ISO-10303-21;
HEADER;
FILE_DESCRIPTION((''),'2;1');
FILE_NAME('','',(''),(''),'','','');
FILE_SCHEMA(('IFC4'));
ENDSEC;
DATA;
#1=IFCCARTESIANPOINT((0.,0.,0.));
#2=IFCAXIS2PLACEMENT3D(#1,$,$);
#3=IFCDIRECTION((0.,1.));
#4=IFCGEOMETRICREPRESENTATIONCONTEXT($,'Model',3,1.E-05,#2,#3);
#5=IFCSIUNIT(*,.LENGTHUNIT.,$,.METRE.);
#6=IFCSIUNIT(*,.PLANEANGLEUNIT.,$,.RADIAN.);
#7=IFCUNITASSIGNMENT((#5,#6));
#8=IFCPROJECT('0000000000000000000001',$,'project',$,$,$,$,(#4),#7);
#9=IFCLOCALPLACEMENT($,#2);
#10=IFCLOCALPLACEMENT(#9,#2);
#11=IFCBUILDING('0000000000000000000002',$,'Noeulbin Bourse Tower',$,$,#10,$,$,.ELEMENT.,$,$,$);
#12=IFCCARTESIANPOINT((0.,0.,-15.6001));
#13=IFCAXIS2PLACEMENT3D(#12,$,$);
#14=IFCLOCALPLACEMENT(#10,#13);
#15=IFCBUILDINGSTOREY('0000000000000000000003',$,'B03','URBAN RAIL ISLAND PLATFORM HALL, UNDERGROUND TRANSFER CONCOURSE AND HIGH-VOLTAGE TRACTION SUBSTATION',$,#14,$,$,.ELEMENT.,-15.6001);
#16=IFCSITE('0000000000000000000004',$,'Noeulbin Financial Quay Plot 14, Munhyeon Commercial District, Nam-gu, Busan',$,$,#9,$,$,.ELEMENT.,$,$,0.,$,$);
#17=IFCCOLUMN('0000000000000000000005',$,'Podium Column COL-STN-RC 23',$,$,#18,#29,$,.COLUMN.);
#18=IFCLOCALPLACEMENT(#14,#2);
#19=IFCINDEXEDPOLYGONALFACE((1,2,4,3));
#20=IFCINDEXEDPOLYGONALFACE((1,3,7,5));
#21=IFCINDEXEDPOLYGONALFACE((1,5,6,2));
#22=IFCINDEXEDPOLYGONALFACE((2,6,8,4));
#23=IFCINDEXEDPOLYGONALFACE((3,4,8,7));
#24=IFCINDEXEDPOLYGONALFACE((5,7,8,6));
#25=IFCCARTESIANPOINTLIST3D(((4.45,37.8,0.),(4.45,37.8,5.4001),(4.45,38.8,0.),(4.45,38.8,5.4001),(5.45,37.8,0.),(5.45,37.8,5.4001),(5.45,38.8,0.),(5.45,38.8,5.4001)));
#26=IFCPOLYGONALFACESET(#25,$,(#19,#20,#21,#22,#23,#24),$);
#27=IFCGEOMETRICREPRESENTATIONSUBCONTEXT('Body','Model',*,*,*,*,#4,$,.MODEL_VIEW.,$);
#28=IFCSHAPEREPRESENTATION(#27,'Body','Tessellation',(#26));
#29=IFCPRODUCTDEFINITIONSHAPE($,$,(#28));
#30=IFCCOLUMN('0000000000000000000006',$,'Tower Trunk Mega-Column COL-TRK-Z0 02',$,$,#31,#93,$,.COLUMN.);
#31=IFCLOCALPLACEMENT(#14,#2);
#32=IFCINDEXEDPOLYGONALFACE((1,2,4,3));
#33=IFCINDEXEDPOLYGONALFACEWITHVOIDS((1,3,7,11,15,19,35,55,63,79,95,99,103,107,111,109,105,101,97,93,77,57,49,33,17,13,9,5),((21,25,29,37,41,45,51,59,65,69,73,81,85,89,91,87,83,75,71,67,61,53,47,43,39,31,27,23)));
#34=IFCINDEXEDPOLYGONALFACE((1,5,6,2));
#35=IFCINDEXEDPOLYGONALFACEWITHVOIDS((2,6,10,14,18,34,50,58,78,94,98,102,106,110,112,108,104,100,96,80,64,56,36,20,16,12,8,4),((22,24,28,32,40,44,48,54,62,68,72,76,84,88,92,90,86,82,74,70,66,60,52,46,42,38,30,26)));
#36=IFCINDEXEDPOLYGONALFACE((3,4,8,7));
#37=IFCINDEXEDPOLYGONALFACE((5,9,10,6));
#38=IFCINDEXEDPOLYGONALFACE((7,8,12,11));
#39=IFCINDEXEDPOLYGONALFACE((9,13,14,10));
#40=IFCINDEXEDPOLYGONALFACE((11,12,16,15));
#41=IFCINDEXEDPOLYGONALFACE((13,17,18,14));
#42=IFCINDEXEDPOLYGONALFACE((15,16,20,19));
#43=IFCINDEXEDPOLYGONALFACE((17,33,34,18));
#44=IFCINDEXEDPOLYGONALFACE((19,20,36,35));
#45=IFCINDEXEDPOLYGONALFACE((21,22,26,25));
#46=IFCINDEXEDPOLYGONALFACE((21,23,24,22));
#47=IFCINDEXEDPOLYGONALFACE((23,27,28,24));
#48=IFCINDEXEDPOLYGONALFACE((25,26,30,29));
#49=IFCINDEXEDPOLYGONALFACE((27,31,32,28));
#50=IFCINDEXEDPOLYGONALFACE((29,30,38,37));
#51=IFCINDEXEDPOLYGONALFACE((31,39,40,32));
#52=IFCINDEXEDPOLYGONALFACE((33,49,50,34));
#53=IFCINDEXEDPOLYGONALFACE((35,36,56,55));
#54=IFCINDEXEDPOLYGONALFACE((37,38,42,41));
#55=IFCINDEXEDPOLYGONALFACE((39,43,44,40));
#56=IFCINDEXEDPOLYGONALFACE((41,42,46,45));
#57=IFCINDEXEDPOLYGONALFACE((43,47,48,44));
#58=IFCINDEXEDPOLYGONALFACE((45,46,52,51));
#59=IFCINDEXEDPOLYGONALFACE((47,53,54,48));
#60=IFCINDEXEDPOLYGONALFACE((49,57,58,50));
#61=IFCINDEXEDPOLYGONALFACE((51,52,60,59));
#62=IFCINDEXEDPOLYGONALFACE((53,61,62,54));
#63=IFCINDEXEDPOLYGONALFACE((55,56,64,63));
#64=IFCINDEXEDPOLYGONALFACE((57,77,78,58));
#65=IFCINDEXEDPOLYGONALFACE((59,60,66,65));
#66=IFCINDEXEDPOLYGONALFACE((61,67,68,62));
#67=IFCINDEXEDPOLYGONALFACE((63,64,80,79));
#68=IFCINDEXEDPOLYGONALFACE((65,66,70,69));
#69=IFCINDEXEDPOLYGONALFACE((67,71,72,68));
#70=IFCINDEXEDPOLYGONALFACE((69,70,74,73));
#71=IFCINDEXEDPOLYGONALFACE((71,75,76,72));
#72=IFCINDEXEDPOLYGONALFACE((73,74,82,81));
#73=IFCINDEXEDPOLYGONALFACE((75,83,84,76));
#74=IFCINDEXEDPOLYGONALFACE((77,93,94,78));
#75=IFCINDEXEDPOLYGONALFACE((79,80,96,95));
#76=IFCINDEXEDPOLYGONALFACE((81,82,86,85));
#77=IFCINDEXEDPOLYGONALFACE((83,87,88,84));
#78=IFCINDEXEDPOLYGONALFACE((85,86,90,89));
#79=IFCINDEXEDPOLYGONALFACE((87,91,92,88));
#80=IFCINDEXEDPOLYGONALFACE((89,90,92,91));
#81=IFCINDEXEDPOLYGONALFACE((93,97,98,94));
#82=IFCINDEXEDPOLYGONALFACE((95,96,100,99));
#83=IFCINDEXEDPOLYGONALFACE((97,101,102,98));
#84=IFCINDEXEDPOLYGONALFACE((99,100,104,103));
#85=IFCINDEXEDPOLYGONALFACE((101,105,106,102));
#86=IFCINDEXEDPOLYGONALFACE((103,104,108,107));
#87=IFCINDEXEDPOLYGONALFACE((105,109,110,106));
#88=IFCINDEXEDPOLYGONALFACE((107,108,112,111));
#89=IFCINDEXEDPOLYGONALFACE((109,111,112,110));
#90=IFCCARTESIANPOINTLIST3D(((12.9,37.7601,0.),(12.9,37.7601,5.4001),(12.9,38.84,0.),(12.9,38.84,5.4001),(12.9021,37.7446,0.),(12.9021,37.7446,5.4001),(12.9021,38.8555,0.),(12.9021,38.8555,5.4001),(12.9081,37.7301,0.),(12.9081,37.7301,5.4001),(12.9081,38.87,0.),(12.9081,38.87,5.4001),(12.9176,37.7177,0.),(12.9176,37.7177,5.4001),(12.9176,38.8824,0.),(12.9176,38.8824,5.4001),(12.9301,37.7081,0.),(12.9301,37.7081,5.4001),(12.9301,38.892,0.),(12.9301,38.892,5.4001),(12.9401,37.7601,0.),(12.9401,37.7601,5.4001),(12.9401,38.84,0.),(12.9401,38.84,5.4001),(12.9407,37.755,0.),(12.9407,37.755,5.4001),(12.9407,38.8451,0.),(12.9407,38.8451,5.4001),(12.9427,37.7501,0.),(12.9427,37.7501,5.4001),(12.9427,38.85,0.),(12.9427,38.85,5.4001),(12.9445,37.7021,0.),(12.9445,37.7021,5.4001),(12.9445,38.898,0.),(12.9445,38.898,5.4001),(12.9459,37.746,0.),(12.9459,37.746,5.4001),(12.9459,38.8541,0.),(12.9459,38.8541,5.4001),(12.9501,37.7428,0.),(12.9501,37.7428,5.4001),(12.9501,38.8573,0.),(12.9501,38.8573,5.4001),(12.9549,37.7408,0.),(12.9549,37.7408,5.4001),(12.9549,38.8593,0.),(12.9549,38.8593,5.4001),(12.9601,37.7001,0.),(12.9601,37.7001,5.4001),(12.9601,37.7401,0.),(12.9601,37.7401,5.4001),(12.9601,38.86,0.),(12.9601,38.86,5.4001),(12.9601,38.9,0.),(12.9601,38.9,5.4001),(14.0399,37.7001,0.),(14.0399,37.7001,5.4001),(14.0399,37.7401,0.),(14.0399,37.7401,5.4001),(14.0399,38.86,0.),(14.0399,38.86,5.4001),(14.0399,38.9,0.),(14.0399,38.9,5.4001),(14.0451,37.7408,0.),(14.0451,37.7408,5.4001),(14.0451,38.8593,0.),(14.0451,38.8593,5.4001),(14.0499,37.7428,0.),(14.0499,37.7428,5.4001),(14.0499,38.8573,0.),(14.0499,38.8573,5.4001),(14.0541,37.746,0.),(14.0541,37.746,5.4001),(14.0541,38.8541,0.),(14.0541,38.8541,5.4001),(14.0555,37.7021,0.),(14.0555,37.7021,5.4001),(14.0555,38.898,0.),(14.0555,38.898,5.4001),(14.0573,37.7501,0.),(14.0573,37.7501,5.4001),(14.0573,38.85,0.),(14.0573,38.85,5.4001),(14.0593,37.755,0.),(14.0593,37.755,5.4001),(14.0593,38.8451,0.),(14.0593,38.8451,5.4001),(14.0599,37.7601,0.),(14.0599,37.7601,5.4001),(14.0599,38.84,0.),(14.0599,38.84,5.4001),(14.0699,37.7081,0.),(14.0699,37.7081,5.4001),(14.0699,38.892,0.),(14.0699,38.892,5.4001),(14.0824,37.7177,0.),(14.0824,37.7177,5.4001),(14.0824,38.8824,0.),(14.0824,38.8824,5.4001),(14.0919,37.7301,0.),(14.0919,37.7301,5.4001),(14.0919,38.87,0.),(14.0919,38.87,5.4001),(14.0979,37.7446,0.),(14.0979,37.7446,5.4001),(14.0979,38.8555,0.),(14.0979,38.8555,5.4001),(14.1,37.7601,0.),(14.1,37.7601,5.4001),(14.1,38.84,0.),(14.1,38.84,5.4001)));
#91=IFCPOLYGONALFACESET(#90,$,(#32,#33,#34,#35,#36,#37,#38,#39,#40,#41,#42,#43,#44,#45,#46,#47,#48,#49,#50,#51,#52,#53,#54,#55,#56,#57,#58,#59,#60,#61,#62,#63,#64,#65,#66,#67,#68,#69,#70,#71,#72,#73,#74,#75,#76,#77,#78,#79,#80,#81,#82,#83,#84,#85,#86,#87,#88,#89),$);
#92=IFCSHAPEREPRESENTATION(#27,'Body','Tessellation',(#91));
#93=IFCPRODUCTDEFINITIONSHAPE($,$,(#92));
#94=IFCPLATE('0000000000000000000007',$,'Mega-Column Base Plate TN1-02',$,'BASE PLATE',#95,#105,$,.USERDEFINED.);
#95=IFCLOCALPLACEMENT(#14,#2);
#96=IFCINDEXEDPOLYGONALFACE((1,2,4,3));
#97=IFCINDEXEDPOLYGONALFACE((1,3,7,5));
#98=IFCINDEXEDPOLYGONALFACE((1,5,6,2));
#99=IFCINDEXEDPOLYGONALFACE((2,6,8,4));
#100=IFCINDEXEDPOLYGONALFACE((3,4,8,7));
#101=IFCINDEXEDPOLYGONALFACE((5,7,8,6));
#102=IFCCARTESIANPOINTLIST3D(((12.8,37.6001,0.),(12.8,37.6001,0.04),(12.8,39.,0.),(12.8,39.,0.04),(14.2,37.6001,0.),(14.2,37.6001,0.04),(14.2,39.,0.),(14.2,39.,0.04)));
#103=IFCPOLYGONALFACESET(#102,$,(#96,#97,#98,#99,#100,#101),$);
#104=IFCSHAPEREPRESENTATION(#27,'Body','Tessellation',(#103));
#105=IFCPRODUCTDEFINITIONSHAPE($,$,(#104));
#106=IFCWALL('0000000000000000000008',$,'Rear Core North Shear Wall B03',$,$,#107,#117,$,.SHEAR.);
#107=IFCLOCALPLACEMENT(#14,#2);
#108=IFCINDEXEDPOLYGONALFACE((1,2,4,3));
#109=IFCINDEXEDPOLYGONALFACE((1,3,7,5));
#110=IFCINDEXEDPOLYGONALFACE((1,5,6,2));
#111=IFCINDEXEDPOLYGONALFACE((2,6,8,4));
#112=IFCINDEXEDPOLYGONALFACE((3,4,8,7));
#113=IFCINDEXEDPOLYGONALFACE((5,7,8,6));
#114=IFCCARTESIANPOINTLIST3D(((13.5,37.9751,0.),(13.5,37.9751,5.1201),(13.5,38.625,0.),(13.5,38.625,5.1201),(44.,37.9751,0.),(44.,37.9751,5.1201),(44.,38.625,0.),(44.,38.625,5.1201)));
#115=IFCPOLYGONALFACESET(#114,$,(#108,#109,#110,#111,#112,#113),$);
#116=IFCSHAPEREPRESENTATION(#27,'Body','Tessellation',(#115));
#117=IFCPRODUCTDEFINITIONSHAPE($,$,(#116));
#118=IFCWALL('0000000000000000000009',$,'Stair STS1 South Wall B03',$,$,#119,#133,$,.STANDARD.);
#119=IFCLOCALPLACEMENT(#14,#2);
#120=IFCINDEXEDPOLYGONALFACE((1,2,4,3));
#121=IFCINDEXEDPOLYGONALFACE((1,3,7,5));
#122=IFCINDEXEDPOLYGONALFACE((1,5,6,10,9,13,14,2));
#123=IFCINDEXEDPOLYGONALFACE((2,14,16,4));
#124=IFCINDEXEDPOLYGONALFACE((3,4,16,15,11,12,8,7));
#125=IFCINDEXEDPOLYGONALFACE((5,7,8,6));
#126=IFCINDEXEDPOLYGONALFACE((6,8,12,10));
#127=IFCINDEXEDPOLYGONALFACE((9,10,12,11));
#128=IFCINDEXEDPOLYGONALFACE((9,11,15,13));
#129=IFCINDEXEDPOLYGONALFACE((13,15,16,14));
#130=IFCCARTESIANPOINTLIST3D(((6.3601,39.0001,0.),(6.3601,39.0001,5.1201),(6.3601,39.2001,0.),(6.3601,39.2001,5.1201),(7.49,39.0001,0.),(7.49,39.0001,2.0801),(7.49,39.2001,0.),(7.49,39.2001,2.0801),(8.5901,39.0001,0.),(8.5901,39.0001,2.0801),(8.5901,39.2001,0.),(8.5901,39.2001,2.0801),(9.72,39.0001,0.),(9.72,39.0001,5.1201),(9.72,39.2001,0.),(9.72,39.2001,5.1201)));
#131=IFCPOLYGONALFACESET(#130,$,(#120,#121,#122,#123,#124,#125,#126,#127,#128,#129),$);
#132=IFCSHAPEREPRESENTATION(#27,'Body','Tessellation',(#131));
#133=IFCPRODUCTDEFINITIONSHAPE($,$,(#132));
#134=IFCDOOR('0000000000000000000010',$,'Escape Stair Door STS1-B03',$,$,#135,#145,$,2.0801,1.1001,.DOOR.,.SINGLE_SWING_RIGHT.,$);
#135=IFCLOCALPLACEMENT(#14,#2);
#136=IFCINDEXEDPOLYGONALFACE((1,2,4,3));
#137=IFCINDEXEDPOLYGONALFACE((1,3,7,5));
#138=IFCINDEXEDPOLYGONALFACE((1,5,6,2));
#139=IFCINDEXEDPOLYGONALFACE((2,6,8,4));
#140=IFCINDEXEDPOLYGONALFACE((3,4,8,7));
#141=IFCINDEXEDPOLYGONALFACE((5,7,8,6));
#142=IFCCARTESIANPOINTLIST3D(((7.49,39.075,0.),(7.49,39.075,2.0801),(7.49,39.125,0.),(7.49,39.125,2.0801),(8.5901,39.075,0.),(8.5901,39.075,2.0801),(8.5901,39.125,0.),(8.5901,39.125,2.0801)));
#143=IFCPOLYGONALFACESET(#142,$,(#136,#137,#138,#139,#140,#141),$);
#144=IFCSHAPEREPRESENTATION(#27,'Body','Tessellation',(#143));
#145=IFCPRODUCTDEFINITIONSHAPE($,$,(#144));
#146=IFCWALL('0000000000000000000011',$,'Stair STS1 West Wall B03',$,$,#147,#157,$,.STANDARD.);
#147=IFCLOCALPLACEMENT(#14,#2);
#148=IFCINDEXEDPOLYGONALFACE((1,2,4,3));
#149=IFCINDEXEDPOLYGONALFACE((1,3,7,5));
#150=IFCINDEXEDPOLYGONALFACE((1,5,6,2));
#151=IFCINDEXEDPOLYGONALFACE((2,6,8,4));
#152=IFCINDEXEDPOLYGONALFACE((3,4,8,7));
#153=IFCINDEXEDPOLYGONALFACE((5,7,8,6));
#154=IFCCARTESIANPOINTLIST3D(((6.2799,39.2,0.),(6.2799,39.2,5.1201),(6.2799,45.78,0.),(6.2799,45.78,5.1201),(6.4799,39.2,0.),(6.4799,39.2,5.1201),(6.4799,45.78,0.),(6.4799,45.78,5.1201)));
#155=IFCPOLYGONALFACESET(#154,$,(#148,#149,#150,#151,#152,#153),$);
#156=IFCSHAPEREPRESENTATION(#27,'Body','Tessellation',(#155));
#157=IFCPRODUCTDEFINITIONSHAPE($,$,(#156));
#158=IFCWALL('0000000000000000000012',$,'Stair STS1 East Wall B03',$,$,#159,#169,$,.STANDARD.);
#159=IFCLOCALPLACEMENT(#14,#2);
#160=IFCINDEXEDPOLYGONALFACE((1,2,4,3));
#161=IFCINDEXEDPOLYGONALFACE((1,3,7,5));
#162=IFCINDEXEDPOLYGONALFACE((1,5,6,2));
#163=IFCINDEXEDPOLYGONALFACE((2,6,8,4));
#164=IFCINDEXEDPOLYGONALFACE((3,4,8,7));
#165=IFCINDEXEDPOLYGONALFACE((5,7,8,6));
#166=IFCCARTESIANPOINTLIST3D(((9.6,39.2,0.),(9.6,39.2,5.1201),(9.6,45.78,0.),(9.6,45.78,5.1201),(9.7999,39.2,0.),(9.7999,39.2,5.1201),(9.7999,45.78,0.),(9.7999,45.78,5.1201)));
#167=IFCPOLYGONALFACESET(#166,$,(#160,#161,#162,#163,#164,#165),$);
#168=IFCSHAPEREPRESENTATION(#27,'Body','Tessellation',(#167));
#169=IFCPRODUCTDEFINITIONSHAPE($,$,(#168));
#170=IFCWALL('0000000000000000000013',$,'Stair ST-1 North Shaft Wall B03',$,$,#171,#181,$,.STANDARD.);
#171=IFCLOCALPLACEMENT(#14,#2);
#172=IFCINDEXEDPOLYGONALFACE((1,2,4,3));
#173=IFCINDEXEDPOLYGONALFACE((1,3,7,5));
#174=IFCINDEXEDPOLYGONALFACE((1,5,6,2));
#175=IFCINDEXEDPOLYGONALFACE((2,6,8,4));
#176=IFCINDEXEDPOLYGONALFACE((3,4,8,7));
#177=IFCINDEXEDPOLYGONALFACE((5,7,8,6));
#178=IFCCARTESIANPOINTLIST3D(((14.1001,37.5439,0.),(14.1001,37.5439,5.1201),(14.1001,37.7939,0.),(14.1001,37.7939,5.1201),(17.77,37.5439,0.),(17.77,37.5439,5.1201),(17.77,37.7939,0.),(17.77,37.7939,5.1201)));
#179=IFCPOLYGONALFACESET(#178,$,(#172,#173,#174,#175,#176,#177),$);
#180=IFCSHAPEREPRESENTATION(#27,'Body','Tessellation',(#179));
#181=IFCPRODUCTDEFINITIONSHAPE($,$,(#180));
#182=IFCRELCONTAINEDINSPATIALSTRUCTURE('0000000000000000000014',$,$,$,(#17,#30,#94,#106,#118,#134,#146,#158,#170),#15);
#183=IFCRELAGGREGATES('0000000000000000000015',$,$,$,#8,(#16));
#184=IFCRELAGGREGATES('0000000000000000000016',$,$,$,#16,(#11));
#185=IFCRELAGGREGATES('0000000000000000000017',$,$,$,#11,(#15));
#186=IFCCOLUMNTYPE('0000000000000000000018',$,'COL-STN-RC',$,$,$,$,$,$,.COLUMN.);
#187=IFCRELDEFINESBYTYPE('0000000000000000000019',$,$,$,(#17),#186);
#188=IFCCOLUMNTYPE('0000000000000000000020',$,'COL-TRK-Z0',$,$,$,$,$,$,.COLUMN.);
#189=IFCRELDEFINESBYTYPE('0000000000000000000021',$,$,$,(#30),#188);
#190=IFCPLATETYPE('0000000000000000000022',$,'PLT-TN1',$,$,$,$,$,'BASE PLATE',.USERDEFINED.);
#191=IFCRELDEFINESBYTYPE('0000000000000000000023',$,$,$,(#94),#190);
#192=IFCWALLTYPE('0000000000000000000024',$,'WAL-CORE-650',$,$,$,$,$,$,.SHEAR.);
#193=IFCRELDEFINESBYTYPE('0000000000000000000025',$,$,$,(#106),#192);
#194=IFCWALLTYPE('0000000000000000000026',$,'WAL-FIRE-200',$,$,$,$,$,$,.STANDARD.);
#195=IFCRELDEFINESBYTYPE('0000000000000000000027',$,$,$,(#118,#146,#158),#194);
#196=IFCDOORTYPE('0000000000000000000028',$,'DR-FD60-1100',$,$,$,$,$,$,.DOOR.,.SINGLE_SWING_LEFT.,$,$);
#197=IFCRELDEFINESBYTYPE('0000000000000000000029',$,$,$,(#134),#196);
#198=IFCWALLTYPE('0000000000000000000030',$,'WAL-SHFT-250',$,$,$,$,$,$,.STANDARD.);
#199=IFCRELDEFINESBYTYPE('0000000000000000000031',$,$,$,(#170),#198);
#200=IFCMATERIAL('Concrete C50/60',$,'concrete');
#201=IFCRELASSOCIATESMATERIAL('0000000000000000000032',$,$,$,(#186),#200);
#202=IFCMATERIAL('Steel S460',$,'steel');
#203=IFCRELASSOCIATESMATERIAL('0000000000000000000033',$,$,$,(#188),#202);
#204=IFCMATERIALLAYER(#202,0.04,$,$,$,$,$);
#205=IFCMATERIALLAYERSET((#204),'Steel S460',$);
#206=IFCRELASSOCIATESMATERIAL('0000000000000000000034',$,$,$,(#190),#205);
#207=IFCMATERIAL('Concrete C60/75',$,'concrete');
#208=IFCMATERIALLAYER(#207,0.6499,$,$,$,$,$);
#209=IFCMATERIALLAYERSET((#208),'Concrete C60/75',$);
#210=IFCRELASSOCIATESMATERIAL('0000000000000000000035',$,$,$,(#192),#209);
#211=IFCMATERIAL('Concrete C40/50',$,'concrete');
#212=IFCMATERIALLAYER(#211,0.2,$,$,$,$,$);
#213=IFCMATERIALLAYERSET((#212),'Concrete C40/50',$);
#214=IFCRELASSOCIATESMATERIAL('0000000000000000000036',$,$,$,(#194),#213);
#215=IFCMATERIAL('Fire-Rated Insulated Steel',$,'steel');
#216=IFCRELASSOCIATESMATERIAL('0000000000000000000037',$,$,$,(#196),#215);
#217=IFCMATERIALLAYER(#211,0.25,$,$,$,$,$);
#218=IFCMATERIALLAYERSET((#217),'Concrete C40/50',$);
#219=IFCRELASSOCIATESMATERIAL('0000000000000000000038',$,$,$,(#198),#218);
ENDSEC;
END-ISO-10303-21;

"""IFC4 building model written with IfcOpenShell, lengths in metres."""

from ifc_helpers import new_model, si_unit, direction, frame, frame_2d, origin, origin_2d, place, context, subcontext, project, spatial, rectangle, hollow_rectangle, extrude, material, layer, layer_set, material_profile, profile_set, type_object, element, fill, save


model = new_model("IFC4")

# Units and contexts
model_context = context("Model", 3, precision=1e-05, world=origin(), true_north=direction((0.0, 1.0)))
body_context = subcontext(model_context, "Body", "Model", "MODEL_VIEW")
ifc_project = project(units=[si_unit("LENGTHUNIT", "METRE"), si_unit("PLANEANGLEUNIT", "RADIAN")], contexts=[model_context])

# Site, building, storey
site_placement = place(None, origin())
site = spatial("IfcSite", under=ifc_project, at=site_placement, Name="Noeulbin Financial Quay Plot 14, Munhyeon Commercial District, Nam-gu, Busan", CompositionType="ELEMENT", RefElevation=0.0)
building_placement = place(site_placement, origin())
building = spatial("IfcBuilding", under=site, at=building_placement, Name="Noeulbin Bourse Tower", CompositionType="ELEMENT")
storey_placement = place(building_placement, frame((0.0, 0.0, -15.6001)))
storey = spatial("IfcBuildingStorey", under=building, at=storey_placement, Name="B03", Description="URBAN RAIL ISLAND PLATFORM HALL, UNDERGROUND TRANSFER CONCOURSE AND HIGH-VOLTAGE TRACTION SUBSTATION", CompositionType="ELEMENT", Elevation=-15.6001)

# Shared definitions
ifc_material_1 = material(Name="Concrete C50/60", Category="concrete")

# Columns
ifc_material_profile_1 = material_profile(ifc_material_1, rectangle(XDim=1.0, YDim=1.0, at=origin_2d()), Name="RC-COL-1000x1000", Category="LoadBearing")
ifc_profile_set_1 = profile_set([ifc_material_profile_1], Name="Concrete C50/60")
column_type_1 = type_object("IfcColumnType", Name="COL-STN-RC", PredefinedType="COLUMN", material=ifc_profile_set_1)
for number, where, z_axis, x_axis, name in (
    (1, (4.95, 38.3, 0.0), (0.0, 0.0, 1.0), (1.0, 0.0, 0.0), "Podium Column COL-STN-RC 23"),
):
    element("IfcColumn", number, at=place(storey_placement, frame(where, z_axis=z_axis, x_axis=x_axis)), inside=storey, type_object=column_type_1, Name=name, PredefinedType="COLUMN", context=body_context, shape_type="SweptSolid", body=[
        extrude(rectangle(XDim=1.0, YDim=1.0, at=origin_2d()), origin(), (0.0, 0.0, 1.0), 5.4001),
    ])
ifc_material_2 = material(Name="Steel S460", Category="steel")
ifc_material_profile_2 = material_profile(ifc_material_2, hollow_rectangle(XDim=1.2, YDim=1.2, WallThickness=0.04, InnerFilletRadius=0.02, OuterFilletRadius=0.0601, at=origin_2d()), Name="BOX-1200x1200x40", Category="LoadBearing")
ifc_profile_set_2 = profile_set([ifc_material_profile_2], Name="Steel S460")
column_type_2 = type_object("IfcColumnType", Name="COL-TRK-Z0", PredefinedType="COLUMN", material=ifc_profile_set_2)
column_placement = place(storey_placement, frame((13.5, 38.3, 0.0), z_axis=(0.0, 0.0, 1.0), x_axis=(1.0, 0.0, 0.0)))
element("IfcColumn", 2, at=column_placement, inside=storey, type_object=column_type_2, Name="Tower Trunk Mega-Column COL-TRK-Z0 02", PredefinedType="COLUMN", context=body_context, shape_type="SweptSolid", body=[
    extrude(hollow_rectangle(XDim=1.2, YDim=1.2, WallThickness=0.04, InnerFilletRadius=0.02, OuterFilletRadius=0.0601, at=origin_2d()), origin(), (0.0, 0.0, 1.0), 5.4001),
])

# Plate
ifc_layer_1 = layer(ifc_material_2, 0.04)
ifc_layer_set_1 = layer_set([ifc_layer_1], Name="Steel S460")
plate_type = type_object("IfcPlateType", Name="PLT-TN1", ElementType="BASE PLATE", PredefinedType="USERDEFINED", material=ifc_layer_set_1)
plate_placement = place(storey_placement, frame((13.5, 38.3, 0.0), z_axis=(0.0, 0.0, 1.0), x_axis=(1.0, 0.0, 0.0)))
element("IfcPlate", 3, at=plate_placement, inside=storey, type_object=plate_type, Name="Mega-Column Base Plate TN1-02", ObjectType="BASE PLATE", PredefinedType="USERDEFINED", context=body_context, shape_type="SweptSolid", body=[
    extrude(rectangle(XDim=1.3999, YDim=1.3999, at=origin_2d()), origin(), (0.0, 0.0, 1.0), 0.04),
])

# Wall
ifc_material_3 = material(Name="Concrete C60/75", Category="concrete")
ifc_layer_2 = layer(ifc_material_3, 0.6499)
ifc_layer_set_2 = layer_set([ifc_layer_2], Name="Concrete C60/75")
wall_type_1 = type_object("IfcWallType", Name="WAL-CORE-650", PredefinedType="SHEAR", material=ifc_layer_set_2)
wall_1_placement = place(storey_placement, frame((13.5, 38.3, 0.0), z_axis=(0.0, 0.0, 1.0), x_axis=(1.0, 0.0, 0.0)))
element("IfcWall", 4, at=wall_1_placement, inside=storey, type_object=wall_type_1, Name="Rear Core North Shear Wall B03", PredefinedType="SHEAR", context=body_context, shape_type="SweptSolid", body=[
    extrude(rectangle(XDim=30.5, YDim=0.6499, at=frame_2d((15.25, 0.0))), origin(), (0.0, 0.0, 1.0), 5.1201),
])

# Wall, opening, door
ifc_material_4 = material(Name="Concrete C40/50", Category="concrete")
ifc_layer_3 = layer(ifc_material_4, 0.2)
ifc_layer_set_3 = layer_set([ifc_layer_3], Name="Concrete C40/50")
wall_type_2 = type_object("IfcWallType", Name="WAL-FIRE-200", PredefinedType="STANDARD", material=ifc_layer_set_3)
wall_2_placement = place(storey_placement, frame((6.3601, 39.1001, 0.0), z_axis=(0.0, 0.0, 1.0), x_axis=(1.0, 0.0, 0.0)))
wall_2 = element("IfcWall", 5, at=wall_2_placement, inside=storey, type_object=wall_type_2, Name="Stair STS1 South Wall B03", PredefinedType="STANDARD", context=body_context, shape_type="SweptSolid", body=[
    extrude(rectangle(XDim=3.3599, YDim=0.2, at=frame_2d((1.6799, 0.0))), origin(), (0.0, 0.0, 1.0), 5.1201),
])
opening_placement = place(wall_2_placement, frame((1.1299, 0.0, 0.0)))
opening = element("IfcOpeningElement", 6, at=opening_placement, cuts=wall_2, PredefinedType="OPENING", context=body_context, shape_type="SweptSolid", body=[
    extrude(rectangle(XDim=1.1001, YDim=2.0801, at=frame_2d((0.55, 1.04))), frame((0.0, 0.1099, 0.0), z_axis=(0.0, -1.0, 0.0), x_axis=(1.0, 0.0, 0.0)), (0.0, 0.0, 1.0), 0.22),
])
ifc_material_5 = material(Name="Fire-Rated Insulated Steel", Category="steel")
door_type = type_object("IfcDoorType", Name="DR-FD60-1100", OperationType="SINGLE_SWING_LEFT", PredefinedType="DOOR", material=ifc_material_5)
door_placement = place(opening_placement, origin())
door = element("IfcDoor", 7, at=door_placement, inside=storey, type_object=door_type, Name="Escape Stair Door STS1-B03", OperationType="SINGLE_SWING_RIGHT", OverallHeight=2.0801, OverallWidth=1.1001, PredefinedType="DOOR", context=body_context, shape_type="SweptSolid", body=[
    extrude(rectangle(XDim=1.1001, YDim=2.0801, at=frame_2d((0.55, 1.04))), frame((0.0, 0.0249, 0.0), z_axis=(0.0, -1.0, 0.0), x_axis=(1.0, 0.0, 0.0)), (0.0, 0.0, 1.0), 0.05),
])
fill(opening, door)

# Walls
for number, where, z_axis, x_axis, name in (
    (8, (6.3799, 39.2, 0.0), (0.0, 0.0, 1.0), (0.0, 1.0, 0.0), "Stair STS1 West Wall B03"),
    (9, (9.7, 39.2, 0.0), (0.0, 0.0, 1.0), (0.0, 1.0, 0.0), "Stair STS1 East Wall B03"),
):
    element("IfcWall", number, at=place(storey_placement, frame(where, z_axis=z_axis, x_axis=x_axis)), inside=storey, type_object=wall_type_2, Name=name, PredefinedType="STANDARD", context=body_context, shape_type="SweptSolid", body=[
        extrude(rectangle(XDim=6.5801, YDim=0.2, at=frame_2d((3.29, 0.0))), origin(), (0.0, 0.0, 1.0), 5.1201),
    ])
ifc_layer_4 = layer(ifc_material_4, 0.25)
ifc_layer_set_4 = layer_set([ifc_layer_4], Name="Concrete C40/50")
wall_type_3 = type_object("IfcWallType", Name="WAL-SHFT-250", PredefinedType="STANDARD", material=ifc_layer_set_4)
wall_3_placement = place(storey_placement, frame((14.1001, 37.6689, 0.0), z_axis=(0.0, 0.0, 1.0), x_axis=(1.0, 0.0, 0.0)))
element("IfcWall", 10, at=wall_3_placement, inside=storey, type_object=wall_type_3, Name="Stair ST-1 North Shaft Wall B03", PredefinedType="STANDARD", context=body_context, shape_type="SweptSolid", body=[
    extrude(rectangle(XDim=3.6699, YDim=0.25, at=frame_2d((1.835, 0.0))), origin(), (0.0, 0.0, 1.0), 5.1201),
])

save(model, "model.ifc")
